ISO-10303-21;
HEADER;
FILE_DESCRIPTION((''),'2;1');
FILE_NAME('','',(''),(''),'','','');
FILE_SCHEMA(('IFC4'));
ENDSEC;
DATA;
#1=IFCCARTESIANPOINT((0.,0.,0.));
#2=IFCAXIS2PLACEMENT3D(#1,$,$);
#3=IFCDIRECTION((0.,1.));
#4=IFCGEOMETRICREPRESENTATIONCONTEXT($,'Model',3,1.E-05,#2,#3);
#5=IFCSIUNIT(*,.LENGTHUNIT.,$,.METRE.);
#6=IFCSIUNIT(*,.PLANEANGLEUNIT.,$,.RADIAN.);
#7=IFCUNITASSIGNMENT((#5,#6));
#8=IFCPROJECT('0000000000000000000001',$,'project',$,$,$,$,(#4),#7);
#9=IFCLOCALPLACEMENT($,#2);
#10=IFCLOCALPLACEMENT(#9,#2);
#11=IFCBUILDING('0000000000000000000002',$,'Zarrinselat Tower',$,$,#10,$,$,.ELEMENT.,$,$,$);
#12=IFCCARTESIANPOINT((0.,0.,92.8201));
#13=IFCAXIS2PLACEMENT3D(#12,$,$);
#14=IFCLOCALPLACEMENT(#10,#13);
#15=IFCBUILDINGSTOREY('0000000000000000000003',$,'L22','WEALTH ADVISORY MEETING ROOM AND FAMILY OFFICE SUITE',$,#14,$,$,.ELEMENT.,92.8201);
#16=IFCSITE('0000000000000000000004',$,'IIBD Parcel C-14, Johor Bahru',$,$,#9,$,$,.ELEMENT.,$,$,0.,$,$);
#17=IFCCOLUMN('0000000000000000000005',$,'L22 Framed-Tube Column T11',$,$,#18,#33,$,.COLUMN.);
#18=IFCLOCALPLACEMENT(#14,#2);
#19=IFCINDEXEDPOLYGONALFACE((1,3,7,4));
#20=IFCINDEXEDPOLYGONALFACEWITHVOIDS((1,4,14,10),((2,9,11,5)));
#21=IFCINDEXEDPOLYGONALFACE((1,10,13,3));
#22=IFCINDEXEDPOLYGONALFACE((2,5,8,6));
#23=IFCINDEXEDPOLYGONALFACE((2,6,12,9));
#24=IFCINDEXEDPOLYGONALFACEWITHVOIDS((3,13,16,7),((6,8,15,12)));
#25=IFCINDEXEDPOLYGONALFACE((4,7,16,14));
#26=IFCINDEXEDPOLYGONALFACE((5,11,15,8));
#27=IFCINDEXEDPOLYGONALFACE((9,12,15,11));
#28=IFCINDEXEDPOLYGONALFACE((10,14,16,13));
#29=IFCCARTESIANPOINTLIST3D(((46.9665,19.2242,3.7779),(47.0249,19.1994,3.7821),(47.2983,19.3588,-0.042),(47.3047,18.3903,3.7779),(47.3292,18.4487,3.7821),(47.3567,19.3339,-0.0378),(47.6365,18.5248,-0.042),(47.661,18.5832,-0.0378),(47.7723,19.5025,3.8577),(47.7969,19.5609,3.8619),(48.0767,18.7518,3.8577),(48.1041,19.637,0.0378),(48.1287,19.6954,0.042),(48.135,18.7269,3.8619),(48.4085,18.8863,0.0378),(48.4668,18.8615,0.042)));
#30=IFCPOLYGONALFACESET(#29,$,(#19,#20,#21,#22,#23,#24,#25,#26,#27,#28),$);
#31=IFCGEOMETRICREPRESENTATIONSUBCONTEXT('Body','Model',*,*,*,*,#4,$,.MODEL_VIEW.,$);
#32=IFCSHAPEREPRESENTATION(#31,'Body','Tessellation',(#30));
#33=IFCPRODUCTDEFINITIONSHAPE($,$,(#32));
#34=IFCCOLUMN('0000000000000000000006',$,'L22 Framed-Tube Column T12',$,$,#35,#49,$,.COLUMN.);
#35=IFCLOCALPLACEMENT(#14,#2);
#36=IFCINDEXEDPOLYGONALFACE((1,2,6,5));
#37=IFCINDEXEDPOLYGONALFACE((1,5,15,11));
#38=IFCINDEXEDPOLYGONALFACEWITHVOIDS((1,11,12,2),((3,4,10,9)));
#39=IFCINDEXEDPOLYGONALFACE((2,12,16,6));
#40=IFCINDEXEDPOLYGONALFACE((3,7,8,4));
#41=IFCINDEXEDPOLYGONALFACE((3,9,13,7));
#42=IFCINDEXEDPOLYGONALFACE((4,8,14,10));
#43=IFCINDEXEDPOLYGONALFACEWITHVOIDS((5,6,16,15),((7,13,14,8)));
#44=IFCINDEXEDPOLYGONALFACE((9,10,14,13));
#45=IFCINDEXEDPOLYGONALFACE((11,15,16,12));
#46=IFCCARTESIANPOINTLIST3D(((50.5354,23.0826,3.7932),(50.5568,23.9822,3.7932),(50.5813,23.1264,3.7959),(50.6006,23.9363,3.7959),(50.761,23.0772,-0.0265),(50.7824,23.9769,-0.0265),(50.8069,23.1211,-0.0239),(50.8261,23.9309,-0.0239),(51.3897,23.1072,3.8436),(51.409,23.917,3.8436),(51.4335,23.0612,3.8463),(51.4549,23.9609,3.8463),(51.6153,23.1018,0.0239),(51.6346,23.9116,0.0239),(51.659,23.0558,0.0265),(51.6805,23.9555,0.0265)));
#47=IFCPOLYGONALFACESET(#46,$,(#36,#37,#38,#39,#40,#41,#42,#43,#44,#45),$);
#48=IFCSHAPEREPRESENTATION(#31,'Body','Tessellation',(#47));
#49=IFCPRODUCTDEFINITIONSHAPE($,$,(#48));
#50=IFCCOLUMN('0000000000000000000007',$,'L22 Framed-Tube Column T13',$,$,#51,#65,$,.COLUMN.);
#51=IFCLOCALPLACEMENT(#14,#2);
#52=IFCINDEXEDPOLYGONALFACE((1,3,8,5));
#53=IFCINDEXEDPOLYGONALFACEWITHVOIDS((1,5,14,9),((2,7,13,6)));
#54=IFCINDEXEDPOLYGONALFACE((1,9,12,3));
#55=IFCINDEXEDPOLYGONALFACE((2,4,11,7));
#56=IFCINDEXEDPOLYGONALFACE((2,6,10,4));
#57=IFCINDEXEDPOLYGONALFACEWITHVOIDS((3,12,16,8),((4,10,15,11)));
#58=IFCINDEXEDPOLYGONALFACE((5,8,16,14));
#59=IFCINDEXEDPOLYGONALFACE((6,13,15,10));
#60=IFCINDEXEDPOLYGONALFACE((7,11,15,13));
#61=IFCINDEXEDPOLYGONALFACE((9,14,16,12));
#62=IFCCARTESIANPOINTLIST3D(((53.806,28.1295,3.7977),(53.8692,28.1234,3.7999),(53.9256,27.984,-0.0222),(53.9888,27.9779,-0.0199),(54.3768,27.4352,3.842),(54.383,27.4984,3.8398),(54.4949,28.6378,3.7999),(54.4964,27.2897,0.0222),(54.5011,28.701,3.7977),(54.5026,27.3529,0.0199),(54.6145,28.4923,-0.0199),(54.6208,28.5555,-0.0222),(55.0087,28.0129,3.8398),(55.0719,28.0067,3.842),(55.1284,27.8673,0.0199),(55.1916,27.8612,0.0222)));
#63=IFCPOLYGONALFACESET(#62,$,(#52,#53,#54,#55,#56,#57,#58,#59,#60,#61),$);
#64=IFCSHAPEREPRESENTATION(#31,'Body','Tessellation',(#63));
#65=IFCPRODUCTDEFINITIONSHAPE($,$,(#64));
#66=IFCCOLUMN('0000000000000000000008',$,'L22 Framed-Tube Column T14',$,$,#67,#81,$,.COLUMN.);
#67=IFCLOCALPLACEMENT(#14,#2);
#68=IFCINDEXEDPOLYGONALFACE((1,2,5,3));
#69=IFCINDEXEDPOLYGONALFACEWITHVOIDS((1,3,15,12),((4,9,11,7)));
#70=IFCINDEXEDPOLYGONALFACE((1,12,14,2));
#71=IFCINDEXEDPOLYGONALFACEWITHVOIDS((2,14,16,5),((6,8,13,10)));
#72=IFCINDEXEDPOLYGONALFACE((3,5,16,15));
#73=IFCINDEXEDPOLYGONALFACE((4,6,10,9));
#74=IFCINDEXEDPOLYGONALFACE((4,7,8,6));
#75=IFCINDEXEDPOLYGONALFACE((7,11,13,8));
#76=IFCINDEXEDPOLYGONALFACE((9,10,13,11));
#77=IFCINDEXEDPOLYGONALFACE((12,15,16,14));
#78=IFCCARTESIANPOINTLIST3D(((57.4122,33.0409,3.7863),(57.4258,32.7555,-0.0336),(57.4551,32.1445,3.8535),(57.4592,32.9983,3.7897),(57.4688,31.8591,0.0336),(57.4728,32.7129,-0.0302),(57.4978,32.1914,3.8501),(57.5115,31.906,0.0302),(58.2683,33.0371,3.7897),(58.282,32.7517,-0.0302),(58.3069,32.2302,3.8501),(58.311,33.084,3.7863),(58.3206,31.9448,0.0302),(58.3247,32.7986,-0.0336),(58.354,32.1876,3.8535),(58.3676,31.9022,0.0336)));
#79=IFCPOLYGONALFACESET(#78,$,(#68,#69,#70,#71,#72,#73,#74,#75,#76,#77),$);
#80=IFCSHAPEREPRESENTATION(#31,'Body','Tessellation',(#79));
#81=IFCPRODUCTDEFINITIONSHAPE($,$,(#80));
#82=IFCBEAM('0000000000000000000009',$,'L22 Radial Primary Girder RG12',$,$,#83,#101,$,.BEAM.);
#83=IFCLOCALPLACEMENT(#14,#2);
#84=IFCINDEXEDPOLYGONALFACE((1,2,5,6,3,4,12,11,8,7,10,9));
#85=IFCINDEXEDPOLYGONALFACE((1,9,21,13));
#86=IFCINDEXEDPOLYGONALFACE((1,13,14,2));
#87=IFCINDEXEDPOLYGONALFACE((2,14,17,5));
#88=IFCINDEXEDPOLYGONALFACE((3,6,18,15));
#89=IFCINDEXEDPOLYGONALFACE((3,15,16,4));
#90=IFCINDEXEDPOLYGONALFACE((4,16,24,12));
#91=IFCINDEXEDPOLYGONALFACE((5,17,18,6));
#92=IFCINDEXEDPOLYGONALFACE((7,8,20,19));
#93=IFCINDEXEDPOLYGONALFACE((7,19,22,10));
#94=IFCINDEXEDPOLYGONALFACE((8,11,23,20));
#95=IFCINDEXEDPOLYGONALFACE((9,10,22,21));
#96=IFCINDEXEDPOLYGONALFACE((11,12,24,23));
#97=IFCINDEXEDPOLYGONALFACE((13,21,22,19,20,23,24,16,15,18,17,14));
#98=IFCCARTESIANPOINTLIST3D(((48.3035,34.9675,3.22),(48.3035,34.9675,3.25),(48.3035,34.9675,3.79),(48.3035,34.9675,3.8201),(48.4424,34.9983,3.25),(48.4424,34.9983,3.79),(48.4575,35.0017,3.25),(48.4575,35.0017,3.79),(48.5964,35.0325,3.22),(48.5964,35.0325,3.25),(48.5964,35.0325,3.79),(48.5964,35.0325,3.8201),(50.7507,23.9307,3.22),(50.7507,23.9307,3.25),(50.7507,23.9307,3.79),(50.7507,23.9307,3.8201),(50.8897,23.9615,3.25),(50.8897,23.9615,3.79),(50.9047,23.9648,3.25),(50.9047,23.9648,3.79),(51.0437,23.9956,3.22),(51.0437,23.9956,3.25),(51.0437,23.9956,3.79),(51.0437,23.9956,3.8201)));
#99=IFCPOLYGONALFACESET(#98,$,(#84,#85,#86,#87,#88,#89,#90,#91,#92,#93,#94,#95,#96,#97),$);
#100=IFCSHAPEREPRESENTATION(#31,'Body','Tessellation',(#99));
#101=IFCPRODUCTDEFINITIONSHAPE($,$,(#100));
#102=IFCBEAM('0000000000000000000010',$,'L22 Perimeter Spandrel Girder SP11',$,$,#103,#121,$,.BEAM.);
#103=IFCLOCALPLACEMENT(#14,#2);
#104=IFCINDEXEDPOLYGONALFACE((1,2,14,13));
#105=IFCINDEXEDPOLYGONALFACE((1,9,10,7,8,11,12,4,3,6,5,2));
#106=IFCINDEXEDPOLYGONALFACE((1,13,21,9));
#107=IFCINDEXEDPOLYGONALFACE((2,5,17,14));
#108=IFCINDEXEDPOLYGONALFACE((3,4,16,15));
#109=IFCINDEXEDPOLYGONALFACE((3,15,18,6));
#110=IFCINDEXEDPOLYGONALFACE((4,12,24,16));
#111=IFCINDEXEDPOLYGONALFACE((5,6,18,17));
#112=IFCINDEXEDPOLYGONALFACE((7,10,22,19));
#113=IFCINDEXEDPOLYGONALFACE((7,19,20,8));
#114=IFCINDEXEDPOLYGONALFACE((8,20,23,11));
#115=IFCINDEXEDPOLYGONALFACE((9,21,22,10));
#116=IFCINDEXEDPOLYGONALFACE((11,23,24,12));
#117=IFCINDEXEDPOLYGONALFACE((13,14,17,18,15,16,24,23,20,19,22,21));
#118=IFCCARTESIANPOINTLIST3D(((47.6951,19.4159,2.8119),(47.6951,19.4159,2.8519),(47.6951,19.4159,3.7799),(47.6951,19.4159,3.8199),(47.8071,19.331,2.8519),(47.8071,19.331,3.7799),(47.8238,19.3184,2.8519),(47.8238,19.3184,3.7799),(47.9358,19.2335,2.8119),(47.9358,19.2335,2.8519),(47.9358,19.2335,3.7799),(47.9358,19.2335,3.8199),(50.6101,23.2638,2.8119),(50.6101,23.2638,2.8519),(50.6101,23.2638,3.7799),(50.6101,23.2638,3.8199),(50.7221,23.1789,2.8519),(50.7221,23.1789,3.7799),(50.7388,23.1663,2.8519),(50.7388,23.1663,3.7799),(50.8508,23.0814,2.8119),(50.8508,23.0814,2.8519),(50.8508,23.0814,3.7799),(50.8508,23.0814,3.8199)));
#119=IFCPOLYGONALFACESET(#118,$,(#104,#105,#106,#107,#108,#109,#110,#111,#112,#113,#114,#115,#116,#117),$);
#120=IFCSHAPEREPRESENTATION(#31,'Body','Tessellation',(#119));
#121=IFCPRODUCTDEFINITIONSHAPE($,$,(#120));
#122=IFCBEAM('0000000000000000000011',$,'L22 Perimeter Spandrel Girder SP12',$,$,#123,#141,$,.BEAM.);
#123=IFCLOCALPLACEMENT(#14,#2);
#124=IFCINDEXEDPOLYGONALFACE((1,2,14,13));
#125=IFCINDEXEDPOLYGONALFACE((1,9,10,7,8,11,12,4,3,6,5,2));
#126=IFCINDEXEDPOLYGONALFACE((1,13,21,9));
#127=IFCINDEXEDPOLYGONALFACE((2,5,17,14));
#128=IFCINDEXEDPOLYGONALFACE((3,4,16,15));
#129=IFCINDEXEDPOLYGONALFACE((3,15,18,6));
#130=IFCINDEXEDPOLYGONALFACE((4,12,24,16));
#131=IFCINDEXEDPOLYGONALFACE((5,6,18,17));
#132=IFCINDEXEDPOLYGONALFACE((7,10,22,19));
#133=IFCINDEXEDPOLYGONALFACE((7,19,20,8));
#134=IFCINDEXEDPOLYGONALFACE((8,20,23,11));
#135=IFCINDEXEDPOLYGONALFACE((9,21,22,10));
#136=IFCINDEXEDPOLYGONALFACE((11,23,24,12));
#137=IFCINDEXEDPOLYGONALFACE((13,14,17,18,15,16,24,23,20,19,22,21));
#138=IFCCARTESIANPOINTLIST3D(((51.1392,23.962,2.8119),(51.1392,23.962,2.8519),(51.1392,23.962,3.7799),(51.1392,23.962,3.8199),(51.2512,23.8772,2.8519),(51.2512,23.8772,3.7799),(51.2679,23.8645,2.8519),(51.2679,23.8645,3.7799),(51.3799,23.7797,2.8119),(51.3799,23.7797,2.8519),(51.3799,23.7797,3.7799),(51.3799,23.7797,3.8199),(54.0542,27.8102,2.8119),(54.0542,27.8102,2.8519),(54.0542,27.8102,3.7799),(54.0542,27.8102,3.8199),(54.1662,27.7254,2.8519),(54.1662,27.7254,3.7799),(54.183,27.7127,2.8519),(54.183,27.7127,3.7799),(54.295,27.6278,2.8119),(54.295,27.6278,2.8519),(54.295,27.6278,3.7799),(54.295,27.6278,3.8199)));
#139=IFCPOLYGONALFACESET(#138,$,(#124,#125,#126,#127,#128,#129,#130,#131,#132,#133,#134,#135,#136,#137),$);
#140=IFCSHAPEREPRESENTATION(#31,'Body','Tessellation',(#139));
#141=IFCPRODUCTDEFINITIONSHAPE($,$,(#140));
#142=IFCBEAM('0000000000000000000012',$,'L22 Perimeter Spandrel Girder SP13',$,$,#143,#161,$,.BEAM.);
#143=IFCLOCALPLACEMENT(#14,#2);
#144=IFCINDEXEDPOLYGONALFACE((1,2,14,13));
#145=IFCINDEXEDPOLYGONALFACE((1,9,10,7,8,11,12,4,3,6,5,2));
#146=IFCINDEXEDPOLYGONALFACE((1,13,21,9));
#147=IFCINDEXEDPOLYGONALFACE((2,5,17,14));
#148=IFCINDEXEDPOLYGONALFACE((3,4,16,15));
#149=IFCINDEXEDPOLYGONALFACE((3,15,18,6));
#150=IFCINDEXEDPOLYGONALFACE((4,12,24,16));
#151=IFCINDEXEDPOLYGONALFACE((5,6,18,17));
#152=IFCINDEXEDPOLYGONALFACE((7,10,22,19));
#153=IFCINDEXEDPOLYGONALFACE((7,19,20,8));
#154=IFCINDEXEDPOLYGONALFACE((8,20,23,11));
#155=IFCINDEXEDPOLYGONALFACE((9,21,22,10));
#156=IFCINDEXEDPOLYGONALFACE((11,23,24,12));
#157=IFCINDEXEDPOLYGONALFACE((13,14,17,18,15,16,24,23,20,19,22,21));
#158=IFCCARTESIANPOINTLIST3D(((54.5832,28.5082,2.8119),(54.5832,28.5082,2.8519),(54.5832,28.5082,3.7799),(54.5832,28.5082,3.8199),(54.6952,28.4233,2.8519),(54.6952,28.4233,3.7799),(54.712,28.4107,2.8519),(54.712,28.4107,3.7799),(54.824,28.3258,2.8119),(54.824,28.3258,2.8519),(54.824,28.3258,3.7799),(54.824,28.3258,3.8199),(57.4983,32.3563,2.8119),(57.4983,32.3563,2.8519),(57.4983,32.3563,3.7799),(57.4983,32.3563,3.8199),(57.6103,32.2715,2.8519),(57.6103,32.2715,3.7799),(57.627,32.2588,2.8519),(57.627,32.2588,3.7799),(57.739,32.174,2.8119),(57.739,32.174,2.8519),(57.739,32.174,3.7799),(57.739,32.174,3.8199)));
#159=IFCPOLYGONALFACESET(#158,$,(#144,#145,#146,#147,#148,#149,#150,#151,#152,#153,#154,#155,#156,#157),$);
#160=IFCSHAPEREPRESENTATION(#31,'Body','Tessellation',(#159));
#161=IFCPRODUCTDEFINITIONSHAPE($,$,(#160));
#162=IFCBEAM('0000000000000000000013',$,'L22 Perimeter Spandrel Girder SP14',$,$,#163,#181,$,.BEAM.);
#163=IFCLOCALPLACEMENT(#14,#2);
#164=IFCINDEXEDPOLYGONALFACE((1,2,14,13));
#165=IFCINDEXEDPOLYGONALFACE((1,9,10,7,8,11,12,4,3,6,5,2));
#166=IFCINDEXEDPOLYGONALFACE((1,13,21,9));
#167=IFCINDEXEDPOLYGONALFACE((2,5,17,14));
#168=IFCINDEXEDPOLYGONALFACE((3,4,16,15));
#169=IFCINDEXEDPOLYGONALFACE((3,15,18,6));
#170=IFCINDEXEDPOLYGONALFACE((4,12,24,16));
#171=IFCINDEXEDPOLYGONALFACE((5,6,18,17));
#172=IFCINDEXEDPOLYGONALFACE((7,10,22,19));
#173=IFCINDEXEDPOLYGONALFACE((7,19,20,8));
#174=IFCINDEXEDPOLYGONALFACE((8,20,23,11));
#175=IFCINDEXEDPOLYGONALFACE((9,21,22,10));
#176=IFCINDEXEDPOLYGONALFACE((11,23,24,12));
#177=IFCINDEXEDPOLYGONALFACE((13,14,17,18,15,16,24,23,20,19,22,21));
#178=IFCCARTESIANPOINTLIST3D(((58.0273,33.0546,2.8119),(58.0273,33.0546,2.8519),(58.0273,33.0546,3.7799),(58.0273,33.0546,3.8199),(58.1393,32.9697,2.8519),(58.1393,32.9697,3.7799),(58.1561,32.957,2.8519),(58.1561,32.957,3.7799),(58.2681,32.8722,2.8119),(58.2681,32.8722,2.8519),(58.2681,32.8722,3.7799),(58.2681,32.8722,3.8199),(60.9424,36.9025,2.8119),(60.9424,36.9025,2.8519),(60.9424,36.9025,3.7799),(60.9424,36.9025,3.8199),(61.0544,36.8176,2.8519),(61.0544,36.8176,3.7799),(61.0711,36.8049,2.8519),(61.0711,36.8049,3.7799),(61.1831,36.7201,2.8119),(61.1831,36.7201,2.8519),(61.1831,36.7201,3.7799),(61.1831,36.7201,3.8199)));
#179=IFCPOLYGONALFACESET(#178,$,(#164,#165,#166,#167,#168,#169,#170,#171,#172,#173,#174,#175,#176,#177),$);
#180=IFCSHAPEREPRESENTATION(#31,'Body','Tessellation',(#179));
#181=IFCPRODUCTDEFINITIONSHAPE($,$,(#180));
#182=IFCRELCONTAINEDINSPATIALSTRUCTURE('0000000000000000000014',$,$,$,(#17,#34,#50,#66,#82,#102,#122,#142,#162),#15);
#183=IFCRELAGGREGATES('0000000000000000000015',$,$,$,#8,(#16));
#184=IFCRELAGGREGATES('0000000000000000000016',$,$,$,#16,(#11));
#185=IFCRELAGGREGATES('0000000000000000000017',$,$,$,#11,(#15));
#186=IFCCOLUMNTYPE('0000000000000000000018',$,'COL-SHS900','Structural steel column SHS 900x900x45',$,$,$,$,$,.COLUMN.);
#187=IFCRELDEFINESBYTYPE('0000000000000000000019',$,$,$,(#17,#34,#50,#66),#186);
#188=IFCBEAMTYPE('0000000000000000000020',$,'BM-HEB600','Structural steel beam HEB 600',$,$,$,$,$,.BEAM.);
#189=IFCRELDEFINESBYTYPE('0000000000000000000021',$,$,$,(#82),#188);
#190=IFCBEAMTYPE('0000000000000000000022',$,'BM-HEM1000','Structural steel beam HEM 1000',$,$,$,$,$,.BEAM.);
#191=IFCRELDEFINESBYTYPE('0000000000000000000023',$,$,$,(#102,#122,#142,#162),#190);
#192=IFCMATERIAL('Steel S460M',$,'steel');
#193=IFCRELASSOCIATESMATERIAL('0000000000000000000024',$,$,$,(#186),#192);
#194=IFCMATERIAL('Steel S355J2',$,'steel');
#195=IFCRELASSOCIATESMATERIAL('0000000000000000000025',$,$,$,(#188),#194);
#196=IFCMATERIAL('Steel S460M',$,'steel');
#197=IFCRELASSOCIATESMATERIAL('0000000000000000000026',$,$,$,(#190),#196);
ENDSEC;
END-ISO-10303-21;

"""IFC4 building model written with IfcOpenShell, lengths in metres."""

from ifc_helpers import new_model, si_unit, direction, frame, origin, origin_2d, place, context, subcontext, project, spatial, hollow_rectangle, i_section, extrude, material, material_profile, profile_set, type_object, element, save


model = new_model("IFC4")

# Units and contexts
model_context = context("Model", 3, precision=1e-05, world=origin(), true_north=direction((0.0, 1.0)))
body_context = subcontext(model_context, "Body", "Model", "MODEL_VIEW")
ifc_project = project(units=[si_unit("LENGTHUNIT", "METRE"), si_unit("PLANEANGLEUNIT", "RADIAN")], contexts=[model_context])

# Site, building, storey
site_placement = place(None, origin())
site = spatial("IfcSite", under=ifc_project, at=site_placement, Name="IIBD Parcel C-14, Johor Bahru", CompositionType="ELEMENT", RefElevation=0.0)
building_placement = place(site_placement, origin())
building = spatial("IfcBuilding", under=site, at=building_placement, Name="Zarrinselat Tower", CompositionType="ELEMENT")
storey_placement = place(building_placement, frame((0.0, 0.0, 92.8201)))
storey = spatial("IfcBuildingStorey", under=building, at=storey_placement, Name="L22", Description="WEALTH ADVISORY MEETING ROOM AND FAMILY OFFICE SUITE", CompositionType="ELEMENT", Elevation=92.8201)

# Columns
ifc_material_1 = material(Name="Steel S460M", Category="steel")
ifc_material_profile_1 = material_profile(ifc_material_1, hollow_rectangle(XDim=0.8999, YDim=0.8999, WallThickness=0.0449, at=origin_2d()), Name="SHS 900x900x45")
ifc_profile_set_1 = profile_set([ifc_material_profile_1], Name="Steel S460M")
column_type = type_object("IfcColumnType", Name="COL-SHS900", Description="Structural steel column SHS 900x900x45", PredefinedType="COLUMN", material=ifc_profile_set_1)
column_1_placement = place(storey_placement, frame((47.8826, 19.1101, 0.0), z_axis=(-0.08648, -0.035063, 0.995636), x_axis=(0.375737, -0.926726, 0.0)))
element("IfcColumn", 1, at=column_1_placement, inside=storey, type_object=column_type, Name="L22 Framed-Tube Column T11", PredefinedType="COLUMN", context=body_context, shape_type="SweptSolid", body=[
    extrude(hollow_rectangle(XDim=0.8999, YDim=0.8999, WallThickness=0.0449, at=origin_2d()), origin(), (0.0, 0.0, 1.0), 3.8367),
])
column_2_placement = place(storey_placement, frame((51.2207, 23.5164, 0.0), z_axis=(-0.058954, 0.001404, 0.99826), x_axis=(-0.023803, -0.999717, 0.0)))
element("IfcColumn", 2, at=column_2_placement, inside=storey, type_object=column_type, Name="L22 Framed-Tube Column T12", PredefinedType="COLUMN", context=body_context, shape_type="SweptSolid", body=[
    extrude(hollow_rectangle(XDim=0.8999, YDim=0.8999, WallThickness=0.0449, at=origin_2d()), origin(), (0.0, 0.0, 1.0), 3.8264),
])
column_3_placement = place(storey_placement, frame((54.5586, 27.9226, 0.0), z_axis=(-0.03128, 0.038047, 0.998786), x_axis=(-0.772454, -0.635071, 0.0)))
element("IfcColumn", 3, at=column_3_placement, inside=storey, type_object=column_type, Name="L22 Framed-Tube Column T13", PredefinedType="COLUMN", context=body_context, shape_type="SweptSolid", body=[
    extrude(hollow_rectangle(XDim=0.8999, YDim=0.8999, WallThickness=0.0449, at=origin_2d()), origin(), (0.0, 0.0, 1.0), 3.8245),
])
column_4_placement = place(storey_placement, frame((57.8967, 32.3289, 0.0), z_axis=(-0.003569, 0.074507, 0.997214), x_axis=(-0.998855, -0.047849, 0.0)))
element("IfcColumn", 4, at=column_4_placement, inside=storey, type_object=column_type, Name="L22 Framed-Tube Column T14", PredefinedType="COLUMN", context=body_context, shape_type="SweptSolid", body=[
    extrude(hollow_rectangle(XDim=0.8999, YDim=0.8999, WallThickness=0.0449, at=origin_2d()), origin(), (0.0, 0.0, 1.0), 3.8306),
])

# Beams
ifc_material_2 = material(Name="Steel S355J2", Category="steel")
ifc_material_profile_2 = material_profile(ifc_material_2, i_section(OverallWidth=0.3, OverallDepth=0.6001, WebThickness=0.0154, FlangeThickness=0.03, at=origin_2d()), Name="HEB 600")
ifc_profile_set_2 = profile_set([ifc_material_profile_2], Name="Steel S355J2")
beam_type_1 = type_object("IfcBeamType", Name="BM-HEB600", Description="Structural steel beam HEB 600", PredefinedType="BEAM", material=ifc_profile_set_2)
beam_1_placement = place(storey_placement, frame((48.45, 35.0, 3.52), z_axis=(0.216478, -0.976288, 0.0), x_axis=(0.976288, 0.216478, 0.0)))
element("IfcBeam", 5, at=beam_1_placement, inside=storey, type_object=beam_type_1, Name="L22 Radial Primary Girder RG12", PredefinedType="BEAM", context=body_context, shape_type="SweptSolid", body=[
    extrude(i_section(OverallWidth=0.3, OverallDepth=0.6001, WebThickness=0.0154, FlangeThickness=0.03, at=origin_2d()), origin(), (0.0, 0.0, 1.0), 11.3049),
])
ifc_material_3 = material(Name="Steel S460M", Category="steel")
ifc_material_profile_3 = material_profile(ifc_material_3, i_section(OverallWidth=0.302, OverallDepth=1.0081, WebThickness=0.021, FlangeThickness=0.04, at=origin_2d()), Name="HEM 1000")
ifc_profile_set_3 = profile_set([ifc_material_profile_3], Name="Steel S460M")
beam_type_2 = type_object("IfcBeamType", Name="BM-HEM1000", Description="Structural steel beam HEM 1000", PredefinedType="BEAM", material=ifc_profile_set_3)
beam_2_placement = place(storey_placement, frame((47.8154, 19.3247, 3.3159), z_axis=(0.603853, 0.797096, 0.0), x_axis=(-0.797096, 0.603853, 0.0)))
element("IfcBeam", 6, at=beam_2_placement, inside=storey, type_object=beam_type_2, Name="L22 Perimeter Spandrel Girder SP11", PredefinedType="BEAM", context=body_context, shape_type="SweptSolid", body=[
    extrude(i_section(OverallWidth=0.302, OverallDepth=1.0081, WebThickness=0.021, FlangeThickness=0.04, at=origin_2d()), origin(), (0.0, 0.0, 1.0), 4.8274),
])
for number, where, z_axis, x_axis, name in (
    (7, (51.2595, 23.8708, 3.3159), (0.603828, 0.797114, 0.0), (-0.797114, 0.603828, 0.0), "L22 Perimeter Spandrel Girder SP12"),
    (8, (54.7036, 28.417, 3.3159), (0.603828, 0.797114, 0.0), (-0.797114, 0.603828, 0.0), "L22 Perimeter Spandrel Girder SP13"),
):
    element("IfcBeam", number, at=place(storey_placement, frame(where, z_axis=z_axis, x_axis=x_axis)), inside=storey, type_object=beam_type_2, Name=name, PredefinedType="BEAM", context=body_context, shape_type="SweptSolid", body=[
        extrude(i_section(OverallWidth=0.302, OverallDepth=1.0081, WebThickness=0.021, FlangeThickness=0.04, at=origin_2d()), origin(), (0.0, 0.0, 1.0), 4.8276),
    ])
beam_3_placement = place(storey_placement, frame((58.1477, 32.9634, 3.3159), z_axis=(0.603853, 0.797096, 0.0), x_axis=(-0.797096, 0.603853, 0.0)))
element("IfcBeam", 9, at=beam_3_placement, inside=storey, type_object=beam_type_2, Name="L22 Perimeter Spandrel Girder SP14", PredefinedType="BEAM", context=body_context, shape_type="SweptSolid", body=[
    extrude(i_section(OverallWidth=0.302, OverallDepth=1.0081, WebThickness=0.021, FlangeThickness=0.04, at=origin_2d()), origin(), (0.0, 0.0, 1.0), 4.8274),
])

save(model, "model.ifc")
